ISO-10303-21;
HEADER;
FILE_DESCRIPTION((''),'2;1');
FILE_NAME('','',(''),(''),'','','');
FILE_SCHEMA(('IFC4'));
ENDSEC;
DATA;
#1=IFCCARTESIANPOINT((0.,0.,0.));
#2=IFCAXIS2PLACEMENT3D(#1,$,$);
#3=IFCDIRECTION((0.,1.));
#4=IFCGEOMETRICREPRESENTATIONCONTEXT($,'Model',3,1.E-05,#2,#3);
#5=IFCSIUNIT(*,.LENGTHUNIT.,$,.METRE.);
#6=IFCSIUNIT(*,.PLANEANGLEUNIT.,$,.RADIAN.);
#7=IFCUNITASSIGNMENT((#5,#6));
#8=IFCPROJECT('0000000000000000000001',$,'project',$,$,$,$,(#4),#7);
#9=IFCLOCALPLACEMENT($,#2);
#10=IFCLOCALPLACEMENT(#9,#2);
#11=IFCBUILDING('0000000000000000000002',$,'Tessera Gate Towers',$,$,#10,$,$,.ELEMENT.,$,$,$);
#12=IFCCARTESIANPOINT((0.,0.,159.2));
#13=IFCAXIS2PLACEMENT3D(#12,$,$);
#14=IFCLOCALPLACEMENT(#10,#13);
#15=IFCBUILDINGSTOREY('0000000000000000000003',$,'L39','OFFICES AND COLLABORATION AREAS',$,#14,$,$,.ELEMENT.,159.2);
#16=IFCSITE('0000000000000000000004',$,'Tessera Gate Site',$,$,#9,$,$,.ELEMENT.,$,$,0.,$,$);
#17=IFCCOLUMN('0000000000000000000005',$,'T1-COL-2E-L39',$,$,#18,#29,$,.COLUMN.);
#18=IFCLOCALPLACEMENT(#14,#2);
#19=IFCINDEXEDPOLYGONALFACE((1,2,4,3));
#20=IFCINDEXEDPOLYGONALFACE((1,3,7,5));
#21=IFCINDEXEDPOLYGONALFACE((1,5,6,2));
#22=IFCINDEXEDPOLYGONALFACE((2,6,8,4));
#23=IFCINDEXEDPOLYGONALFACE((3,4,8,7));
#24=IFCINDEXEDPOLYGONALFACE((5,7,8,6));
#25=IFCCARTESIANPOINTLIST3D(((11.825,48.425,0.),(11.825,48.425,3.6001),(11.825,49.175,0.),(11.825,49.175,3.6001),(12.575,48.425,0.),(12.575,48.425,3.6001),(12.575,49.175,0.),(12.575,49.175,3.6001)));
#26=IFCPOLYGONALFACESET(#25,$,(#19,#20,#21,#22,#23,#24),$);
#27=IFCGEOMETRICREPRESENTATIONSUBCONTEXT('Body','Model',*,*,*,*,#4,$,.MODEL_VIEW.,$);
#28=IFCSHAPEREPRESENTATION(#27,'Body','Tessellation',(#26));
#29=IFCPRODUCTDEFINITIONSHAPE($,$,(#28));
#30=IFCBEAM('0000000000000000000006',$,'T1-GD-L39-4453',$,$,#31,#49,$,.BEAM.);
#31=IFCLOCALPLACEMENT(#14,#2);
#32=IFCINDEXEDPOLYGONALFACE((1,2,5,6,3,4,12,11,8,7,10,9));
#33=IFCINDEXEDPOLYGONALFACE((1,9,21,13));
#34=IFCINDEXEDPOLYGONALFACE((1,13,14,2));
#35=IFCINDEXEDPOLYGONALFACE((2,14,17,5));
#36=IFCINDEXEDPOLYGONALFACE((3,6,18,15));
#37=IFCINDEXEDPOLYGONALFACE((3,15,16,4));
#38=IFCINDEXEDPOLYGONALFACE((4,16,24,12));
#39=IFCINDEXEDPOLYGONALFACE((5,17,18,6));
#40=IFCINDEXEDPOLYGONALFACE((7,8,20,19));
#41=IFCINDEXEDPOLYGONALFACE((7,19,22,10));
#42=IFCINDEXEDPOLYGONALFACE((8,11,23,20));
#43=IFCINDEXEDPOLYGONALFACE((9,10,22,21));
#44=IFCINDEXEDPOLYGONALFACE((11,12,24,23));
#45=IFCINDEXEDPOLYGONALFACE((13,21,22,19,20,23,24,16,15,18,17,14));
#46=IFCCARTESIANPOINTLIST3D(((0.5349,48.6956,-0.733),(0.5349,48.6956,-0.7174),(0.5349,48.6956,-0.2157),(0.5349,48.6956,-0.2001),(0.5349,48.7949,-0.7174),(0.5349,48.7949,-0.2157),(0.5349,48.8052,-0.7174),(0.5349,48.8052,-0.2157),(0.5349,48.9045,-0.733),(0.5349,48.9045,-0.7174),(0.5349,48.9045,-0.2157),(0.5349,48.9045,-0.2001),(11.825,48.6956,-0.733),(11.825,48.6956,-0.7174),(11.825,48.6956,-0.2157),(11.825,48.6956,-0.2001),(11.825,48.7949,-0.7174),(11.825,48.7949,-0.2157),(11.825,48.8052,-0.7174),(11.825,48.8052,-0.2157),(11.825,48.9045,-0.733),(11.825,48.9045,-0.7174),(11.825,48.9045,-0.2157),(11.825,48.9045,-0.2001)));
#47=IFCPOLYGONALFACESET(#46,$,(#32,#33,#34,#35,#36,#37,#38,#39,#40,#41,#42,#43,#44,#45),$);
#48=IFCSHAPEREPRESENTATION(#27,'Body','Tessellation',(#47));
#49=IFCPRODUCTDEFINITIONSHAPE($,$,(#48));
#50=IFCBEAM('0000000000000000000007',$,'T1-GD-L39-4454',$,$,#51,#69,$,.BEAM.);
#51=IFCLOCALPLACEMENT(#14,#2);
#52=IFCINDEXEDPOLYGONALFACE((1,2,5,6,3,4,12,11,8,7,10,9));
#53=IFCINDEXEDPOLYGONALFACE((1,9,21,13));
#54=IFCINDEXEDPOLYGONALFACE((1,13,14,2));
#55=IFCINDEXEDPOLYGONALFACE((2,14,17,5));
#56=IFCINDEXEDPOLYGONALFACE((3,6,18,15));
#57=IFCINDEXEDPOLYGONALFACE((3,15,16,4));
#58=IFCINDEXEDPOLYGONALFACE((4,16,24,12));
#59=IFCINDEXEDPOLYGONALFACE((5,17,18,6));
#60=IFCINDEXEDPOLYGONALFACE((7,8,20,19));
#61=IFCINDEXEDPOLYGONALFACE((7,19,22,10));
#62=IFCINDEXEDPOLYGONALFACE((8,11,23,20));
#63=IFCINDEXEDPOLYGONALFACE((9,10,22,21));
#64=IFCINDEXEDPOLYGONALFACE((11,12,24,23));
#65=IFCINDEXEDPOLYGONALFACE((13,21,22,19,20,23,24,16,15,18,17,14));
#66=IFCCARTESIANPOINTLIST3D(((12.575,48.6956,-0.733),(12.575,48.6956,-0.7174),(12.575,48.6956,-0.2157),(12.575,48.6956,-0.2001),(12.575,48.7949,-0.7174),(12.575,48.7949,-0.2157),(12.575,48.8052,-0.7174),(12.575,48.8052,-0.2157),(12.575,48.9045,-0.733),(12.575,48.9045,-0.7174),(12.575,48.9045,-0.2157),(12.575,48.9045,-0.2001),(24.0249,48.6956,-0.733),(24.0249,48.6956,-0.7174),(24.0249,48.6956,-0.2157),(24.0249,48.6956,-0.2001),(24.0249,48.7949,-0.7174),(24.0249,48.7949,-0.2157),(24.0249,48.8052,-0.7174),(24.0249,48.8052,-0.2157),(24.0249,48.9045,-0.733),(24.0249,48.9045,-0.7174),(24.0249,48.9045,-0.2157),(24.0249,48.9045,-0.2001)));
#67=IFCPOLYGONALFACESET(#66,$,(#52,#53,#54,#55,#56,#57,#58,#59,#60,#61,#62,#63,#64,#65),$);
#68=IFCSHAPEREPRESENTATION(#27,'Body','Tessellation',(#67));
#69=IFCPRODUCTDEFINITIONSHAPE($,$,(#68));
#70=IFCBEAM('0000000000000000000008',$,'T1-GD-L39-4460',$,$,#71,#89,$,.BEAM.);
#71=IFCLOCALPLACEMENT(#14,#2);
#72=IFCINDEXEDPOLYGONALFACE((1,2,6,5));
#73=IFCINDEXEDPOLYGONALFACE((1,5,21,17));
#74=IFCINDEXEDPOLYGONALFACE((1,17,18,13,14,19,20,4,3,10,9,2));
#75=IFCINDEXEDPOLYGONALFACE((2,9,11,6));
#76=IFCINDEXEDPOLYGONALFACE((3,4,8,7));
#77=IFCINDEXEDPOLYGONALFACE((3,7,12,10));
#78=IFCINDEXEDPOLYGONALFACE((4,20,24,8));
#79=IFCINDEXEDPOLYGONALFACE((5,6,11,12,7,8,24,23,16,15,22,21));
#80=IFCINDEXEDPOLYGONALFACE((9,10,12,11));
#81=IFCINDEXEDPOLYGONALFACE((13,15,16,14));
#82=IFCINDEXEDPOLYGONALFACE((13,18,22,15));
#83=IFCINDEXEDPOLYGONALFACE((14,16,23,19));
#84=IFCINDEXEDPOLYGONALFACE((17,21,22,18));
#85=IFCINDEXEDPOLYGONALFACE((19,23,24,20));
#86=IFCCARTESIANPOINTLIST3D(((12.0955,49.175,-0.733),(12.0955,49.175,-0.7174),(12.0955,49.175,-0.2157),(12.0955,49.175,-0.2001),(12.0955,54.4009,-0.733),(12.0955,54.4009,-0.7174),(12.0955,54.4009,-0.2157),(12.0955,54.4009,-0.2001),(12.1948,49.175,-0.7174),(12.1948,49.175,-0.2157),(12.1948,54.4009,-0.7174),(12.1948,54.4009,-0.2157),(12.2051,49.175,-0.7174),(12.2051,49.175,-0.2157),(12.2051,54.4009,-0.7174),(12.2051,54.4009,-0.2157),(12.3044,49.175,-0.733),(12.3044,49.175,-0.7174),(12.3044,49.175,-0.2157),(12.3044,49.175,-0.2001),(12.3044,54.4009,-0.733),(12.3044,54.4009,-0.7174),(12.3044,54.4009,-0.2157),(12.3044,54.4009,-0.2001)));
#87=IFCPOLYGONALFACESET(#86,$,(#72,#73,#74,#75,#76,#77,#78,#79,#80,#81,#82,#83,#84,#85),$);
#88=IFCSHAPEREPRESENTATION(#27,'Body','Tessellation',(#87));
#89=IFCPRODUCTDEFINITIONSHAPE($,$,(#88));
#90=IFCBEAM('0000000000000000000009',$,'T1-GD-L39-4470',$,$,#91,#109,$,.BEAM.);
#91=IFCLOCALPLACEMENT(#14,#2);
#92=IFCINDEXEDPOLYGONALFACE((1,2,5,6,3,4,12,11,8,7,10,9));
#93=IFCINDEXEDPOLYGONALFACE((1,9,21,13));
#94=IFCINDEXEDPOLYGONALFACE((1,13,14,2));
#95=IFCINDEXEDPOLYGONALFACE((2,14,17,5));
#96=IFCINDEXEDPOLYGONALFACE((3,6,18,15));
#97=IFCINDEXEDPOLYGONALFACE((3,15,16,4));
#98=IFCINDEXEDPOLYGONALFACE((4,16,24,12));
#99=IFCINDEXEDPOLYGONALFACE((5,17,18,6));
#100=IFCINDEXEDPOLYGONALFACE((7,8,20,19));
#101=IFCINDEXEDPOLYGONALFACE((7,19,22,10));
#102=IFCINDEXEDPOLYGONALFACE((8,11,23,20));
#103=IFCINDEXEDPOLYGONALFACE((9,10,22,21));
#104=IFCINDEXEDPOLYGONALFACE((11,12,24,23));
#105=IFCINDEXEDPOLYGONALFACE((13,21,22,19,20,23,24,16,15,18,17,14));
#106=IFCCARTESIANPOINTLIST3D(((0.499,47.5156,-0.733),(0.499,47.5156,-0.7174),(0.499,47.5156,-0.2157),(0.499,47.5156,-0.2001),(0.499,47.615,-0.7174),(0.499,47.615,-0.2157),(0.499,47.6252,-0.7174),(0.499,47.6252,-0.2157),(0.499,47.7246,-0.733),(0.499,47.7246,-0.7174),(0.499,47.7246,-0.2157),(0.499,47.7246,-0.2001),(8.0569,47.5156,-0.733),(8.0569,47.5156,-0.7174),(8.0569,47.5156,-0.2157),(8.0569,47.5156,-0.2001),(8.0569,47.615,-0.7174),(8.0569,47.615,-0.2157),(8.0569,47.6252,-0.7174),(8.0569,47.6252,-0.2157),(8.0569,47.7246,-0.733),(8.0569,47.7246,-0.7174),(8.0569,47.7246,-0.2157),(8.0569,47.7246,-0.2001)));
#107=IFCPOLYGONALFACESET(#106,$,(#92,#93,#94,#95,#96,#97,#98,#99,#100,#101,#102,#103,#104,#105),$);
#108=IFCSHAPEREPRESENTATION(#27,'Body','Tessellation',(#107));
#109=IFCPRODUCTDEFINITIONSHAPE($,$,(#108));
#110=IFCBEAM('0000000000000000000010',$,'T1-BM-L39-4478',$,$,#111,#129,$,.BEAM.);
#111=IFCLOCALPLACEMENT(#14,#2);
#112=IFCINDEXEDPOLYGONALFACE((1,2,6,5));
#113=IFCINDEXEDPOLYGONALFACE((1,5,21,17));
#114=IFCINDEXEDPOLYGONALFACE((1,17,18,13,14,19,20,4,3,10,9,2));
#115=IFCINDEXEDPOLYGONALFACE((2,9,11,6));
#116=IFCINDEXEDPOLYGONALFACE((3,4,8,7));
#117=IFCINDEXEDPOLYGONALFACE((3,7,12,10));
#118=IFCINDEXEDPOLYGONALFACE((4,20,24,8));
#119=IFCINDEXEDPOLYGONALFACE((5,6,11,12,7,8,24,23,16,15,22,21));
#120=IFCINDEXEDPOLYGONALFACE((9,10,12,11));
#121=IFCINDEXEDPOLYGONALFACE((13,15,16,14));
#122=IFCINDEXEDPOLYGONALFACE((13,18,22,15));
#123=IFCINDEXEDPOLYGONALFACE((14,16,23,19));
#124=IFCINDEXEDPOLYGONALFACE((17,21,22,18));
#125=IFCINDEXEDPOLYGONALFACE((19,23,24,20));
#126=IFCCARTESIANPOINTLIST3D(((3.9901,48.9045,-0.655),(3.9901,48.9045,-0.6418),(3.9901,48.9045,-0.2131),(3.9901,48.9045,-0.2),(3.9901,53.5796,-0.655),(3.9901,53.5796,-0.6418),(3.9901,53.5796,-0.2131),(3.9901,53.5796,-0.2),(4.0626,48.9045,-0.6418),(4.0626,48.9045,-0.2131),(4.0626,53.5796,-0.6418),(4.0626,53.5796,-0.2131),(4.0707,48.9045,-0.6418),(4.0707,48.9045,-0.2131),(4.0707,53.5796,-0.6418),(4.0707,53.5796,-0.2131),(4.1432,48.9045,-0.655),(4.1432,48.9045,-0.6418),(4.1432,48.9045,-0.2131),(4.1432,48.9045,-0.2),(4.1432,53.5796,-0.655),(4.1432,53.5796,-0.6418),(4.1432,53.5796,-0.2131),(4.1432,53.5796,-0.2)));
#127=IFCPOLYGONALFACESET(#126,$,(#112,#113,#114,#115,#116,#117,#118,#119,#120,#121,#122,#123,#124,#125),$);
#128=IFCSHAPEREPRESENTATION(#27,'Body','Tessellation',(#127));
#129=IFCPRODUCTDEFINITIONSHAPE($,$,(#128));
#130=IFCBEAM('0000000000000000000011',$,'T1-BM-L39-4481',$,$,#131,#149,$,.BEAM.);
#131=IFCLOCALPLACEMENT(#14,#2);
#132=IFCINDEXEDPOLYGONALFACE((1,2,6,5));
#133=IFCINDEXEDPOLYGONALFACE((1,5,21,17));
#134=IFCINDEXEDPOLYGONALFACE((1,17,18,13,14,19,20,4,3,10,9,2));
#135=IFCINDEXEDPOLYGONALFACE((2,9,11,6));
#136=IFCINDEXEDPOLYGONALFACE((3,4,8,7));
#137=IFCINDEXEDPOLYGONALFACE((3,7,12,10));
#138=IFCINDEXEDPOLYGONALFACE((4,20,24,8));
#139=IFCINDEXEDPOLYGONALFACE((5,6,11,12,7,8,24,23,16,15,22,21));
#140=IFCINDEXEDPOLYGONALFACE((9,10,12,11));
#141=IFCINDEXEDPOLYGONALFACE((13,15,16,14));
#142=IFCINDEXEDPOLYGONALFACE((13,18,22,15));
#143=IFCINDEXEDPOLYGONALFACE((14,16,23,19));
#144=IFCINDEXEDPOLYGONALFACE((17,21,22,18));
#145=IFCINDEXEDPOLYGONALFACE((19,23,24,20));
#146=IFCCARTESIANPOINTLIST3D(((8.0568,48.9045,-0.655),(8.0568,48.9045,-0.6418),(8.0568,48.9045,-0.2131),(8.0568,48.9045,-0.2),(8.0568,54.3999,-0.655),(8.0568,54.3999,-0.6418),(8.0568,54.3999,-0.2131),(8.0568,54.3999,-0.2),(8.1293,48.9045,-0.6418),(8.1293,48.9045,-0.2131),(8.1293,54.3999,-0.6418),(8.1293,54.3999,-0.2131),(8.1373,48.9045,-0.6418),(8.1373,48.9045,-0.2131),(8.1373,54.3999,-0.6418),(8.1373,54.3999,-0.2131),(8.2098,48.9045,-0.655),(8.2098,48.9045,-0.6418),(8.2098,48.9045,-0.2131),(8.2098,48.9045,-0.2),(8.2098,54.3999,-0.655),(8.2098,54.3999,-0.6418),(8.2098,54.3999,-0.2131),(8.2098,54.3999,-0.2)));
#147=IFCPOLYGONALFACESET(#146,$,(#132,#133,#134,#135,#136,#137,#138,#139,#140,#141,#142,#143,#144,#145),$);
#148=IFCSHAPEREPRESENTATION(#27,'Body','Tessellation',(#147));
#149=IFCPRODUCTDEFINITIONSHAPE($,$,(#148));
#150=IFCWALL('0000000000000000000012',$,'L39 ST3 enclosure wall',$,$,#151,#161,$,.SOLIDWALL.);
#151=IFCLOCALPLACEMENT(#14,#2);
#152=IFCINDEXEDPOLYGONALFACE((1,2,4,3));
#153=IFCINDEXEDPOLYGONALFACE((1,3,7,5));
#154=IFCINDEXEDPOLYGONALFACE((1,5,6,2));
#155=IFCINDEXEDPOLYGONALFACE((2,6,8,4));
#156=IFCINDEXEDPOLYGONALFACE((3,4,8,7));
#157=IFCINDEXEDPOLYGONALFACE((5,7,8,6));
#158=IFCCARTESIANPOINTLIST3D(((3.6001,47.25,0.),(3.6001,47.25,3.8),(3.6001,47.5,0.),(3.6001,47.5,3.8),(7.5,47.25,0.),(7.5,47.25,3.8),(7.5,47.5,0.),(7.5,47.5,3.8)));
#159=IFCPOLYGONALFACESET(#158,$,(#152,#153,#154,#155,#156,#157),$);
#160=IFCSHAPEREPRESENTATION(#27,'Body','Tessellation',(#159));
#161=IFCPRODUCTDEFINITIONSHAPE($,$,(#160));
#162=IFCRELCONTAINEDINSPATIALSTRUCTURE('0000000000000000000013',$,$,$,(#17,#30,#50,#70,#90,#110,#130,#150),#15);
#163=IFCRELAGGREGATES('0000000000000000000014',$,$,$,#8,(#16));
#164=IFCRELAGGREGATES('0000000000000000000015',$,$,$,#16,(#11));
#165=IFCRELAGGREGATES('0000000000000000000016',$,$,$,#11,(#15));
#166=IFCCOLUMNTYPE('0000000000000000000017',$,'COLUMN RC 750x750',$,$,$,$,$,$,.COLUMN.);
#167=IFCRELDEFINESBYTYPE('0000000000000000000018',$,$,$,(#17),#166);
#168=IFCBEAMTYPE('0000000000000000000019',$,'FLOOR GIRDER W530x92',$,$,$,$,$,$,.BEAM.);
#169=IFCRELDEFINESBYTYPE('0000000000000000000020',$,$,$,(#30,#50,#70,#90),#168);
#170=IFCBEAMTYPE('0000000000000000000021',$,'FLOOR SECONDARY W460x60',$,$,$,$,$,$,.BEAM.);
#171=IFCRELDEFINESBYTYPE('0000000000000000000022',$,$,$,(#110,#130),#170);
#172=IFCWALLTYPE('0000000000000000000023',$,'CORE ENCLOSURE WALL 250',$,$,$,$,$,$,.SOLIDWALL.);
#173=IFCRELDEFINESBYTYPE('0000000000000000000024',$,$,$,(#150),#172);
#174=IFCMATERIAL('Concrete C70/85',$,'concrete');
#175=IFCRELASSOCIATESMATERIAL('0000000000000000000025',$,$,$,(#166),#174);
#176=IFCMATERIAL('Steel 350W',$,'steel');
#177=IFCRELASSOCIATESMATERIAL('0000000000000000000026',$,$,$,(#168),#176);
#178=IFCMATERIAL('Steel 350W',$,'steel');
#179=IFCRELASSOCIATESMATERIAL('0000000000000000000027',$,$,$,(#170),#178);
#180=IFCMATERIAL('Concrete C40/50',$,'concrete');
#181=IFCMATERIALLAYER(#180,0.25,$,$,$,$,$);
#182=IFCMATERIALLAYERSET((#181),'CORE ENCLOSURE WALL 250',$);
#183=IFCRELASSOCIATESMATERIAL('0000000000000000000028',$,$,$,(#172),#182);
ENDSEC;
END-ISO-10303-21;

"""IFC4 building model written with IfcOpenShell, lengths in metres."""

from ifc_helpers import new_model, si_unit, direction, frame, frame_2d, origin, origin_2d, place, context, subcontext, project, spatial, rectangle, i_section, extrude, material, layer, layer_set, material_profile, profile_set, type_object, element, save


model = new_model("IFC4")

# Units and contexts
model_context = context("Model", 3, precision=1e-05, world=origin(), true_north=direction((0.0, 1.0)))
body_context = subcontext(model_context, "Body", "Model", "MODEL_VIEW")
ifc_project = project(units=[si_unit("LENGTHUNIT", "METRE"), si_unit("PLANEANGLEUNIT", "RADIAN")], contexts=[model_context])

# Site, building, storey
site_placement = place(None, origin())
site = spatial("IfcSite", under=ifc_project, at=site_placement, Name="Tessera Gate Site", CompositionType="ELEMENT", RefElevation=0.0)
building_placement = place(site_placement, origin())
building = spatial("IfcBuilding", under=site, at=building_placement, Name="Tessera Gate Towers", CompositionType="ELEMENT")
storey_placement = place(building_placement, frame((0.0, 0.0, 159.2)))
storey = spatial("IfcBuildingStorey", under=building, at=storey_placement, Name="L39", Description="OFFICES AND COLLABORATION AREAS", CompositionType="ELEMENT", Elevation=159.2)

# Column
ifc_material_1 = material(Name="Concrete C70/85", Category="concrete")
ifc_material_profile_1 = material_profile(ifc_material_1, rectangle(XDim=0.75, YDim=0.75, at=origin_2d()), Name="RC 750x750")
ifc_profile_set_1 = profile_set([ifc_material_profile_1], Name="Concrete C70/85")
column_type = type_object("IfcColumnType", Name="COLUMN RC 750x750", PredefinedType="COLUMN", material=ifc_profile_set_1)
column_placement = place(storey_placement, frame((12.2, 48.8, 0.0), z_axis=(0.0, 0.0, 1.0), x_axis=(1.0, 0.0, 0.0)))
element("IfcColumn", 1, at=column_placement, inside=storey, type_object=column_type, Name="T1-COL-2E-L39", PredefinedType="COLUMN", context=body_context, shape_type="SweptSolid", body=[
    extrude(rectangle(XDim=0.75, YDim=0.75, at=origin_2d()), origin(), (0.0, 0.0, 1.0), 3.6001),
])

# Beams
ifc_material_2 = material(Name="Steel 350W", Category="steel")
ifc_material_profile_2 = material_profile(ifc_material_2, i_section(OverallWidth=0.209, OverallDepth=0.533, WebThickness=0.0103, FlangeThickness=0.0156, at=origin_2d()), Name="W530x92")
ifc_profile_set_2 = profile_set([ifc_material_profile_2], Name="Steel 350W")
beam_type_1 = type_object("IfcBeamType", Name="FLOOR GIRDER W530x92", PredefinedType="BEAM", material=ifc_profile_set_2)
beam_1_placement = place(storey_placement, frame((0.5349, 48.8, -0.4666), z_axis=(1.0, 0.0, 0.0), x_axis=(0.0, 1.0, 0.0)))
element("IfcBeam", 2, at=beam_1_placement, inside=storey, type_object=beam_type_1, Name="T1-GD-L39-4453", PredefinedType="BEAM", context=body_context, shape_type="SweptSolid", body=[
    extrude(i_section(OverallWidth=0.209, OverallDepth=0.533, WebThickness=0.0103, FlangeThickness=0.0156, at=origin_2d()), origin(), (0.0, 0.0, 1.0), 11.29),
])
beam_2_placement = place(storey_placement, frame((12.575, 48.8, -0.4666), z_axis=(1.0, 0.0, 0.0), x_axis=(0.0, 1.0, 0.0)))
element("IfcBeam", 3, at=beam_2_placement, inside=storey, type_object=beam_type_1, Name="T1-GD-L39-4454", PredefinedType="BEAM", context=body_context, shape_type="SweptSolid", body=[
    extrude(i_section(OverallWidth=0.209, OverallDepth=0.533, WebThickness=0.0103, FlangeThickness=0.0156, at=origin_2d()), origin(), (0.0, 0.0, 1.0), 11.45),
])
beam_3_placement = place(storey_placement, frame((12.2, 49.175, -0.4666), z_axis=(0.0, 1.0, 0.0), x_axis=(-1.0, 0.0, 0.0)))
element("IfcBeam", 4, at=beam_3_placement, inside=storey, type_object=beam_type_1, Name="T1-GD-L39-4460", PredefinedType="BEAM", context=body_context, shape_type="SweptSolid", body=[
    extrude(i_section(OverallWidth=0.209, OverallDepth=0.533, WebThickness=0.0103, FlangeThickness=0.0156, at=origin_2d()), origin(), (0.0, 0.0, 1.0), 5.2258),
])
beam_4_placement = place(storey_placement, frame((0.499, 47.6201, -0.4666), z_axis=(1.0, 0.0, 0.0), x_axis=(0.0, 1.0, 0.0)))
element("IfcBeam", 5, at=beam_4_placement, inside=storey, type_object=beam_type_1, Name="T1-GD-L39-4470", PredefinedType="BEAM", context=body_context, shape_type="SweptSolid", body=[
    extrude(i_section(OverallWidth=0.209, OverallDepth=0.533, WebThickness=0.0103, FlangeThickness=0.0156, at=origin_2d()), origin(), (0.0, 0.0, 1.0), 7.5579),
])
ifc_material_3 = material(Name="Steel 350W", Category="steel")
ifc_material_profile_3 = material_profile(ifc_material_3, i_section(OverallWidth=0.1531, OverallDepth=0.4551, WebThickness=0.0081, FlangeThickness=0.0132, at=origin_2d()), Name="W460x60")
ifc_profile_set_3 = profile_set([ifc_material_profile_3], Name="Steel 350W")
beam_type_2 = type_object("IfcBeamType", Name="FLOOR SECONDARY W460x60", PredefinedType="BEAM", material=ifc_profile_set_3)
beam_5_placement = place(storey_placement, frame((4.0667, 48.9045, -0.4275), z_axis=(0.0, 1.0, 0.0), x_axis=(-1.0, 0.0, 0.0)))
element("IfcBeam", 6, at=beam_5_placement, inside=storey, type_object=beam_type_2, Name="T1-BM-L39-4478", PredefinedType="BEAM", context=body_context, shape_type="SweptSolid", body=[
    extrude(i_section(OverallWidth=0.1531, OverallDepth=0.4551, WebThickness=0.0081, FlangeThickness=0.0132, at=origin_2d()), origin(), (0.0, 0.0, 1.0), 4.675),
])
beam_6_placement = place(storey_placement, frame((8.1333, 48.9045, -0.4275), z_axis=(0.0, 1.0, 0.0), x_axis=(-1.0, 0.0, 0.0)))
element("IfcBeam", 7, at=beam_6_placement, inside=storey, type_object=beam_type_2, Name="T1-BM-L39-4481", PredefinedType="BEAM", context=body_context, shape_type="SweptSolid", body=[
    extrude(i_section(OverallWidth=0.1531, OverallDepth=0.4551, WebThickness=0.0081, FlangeThickness=0.0132, at=origin_2d()), origin(), (0.0, 0.0, 1.0), 5.4954),
])

# Wall
ifc_material_4 = material(Name="Concrete C40/50", Category="concrete")
ifc_layer_1 = layer(ifc_material_4, 0.25)
ifc_layer_set_1 = layer_set([ifc_layer_1], Name="CORE ENCLOSURE WALL 250")
wall_type_1 = type_object("IfcWallType", Name="CORE ENCLOSURE WALL 250", PredefinedType="SOLIDWALL", material=ifc_layer_set_1)
wall_1_placement = place(storey_placement, frame((3.6001, 47.375, 0.0), z_axis=(0.0, 0.0, 1.0), x_axis=(1.0, 0.0, 0.0)))
element("IfcWall", 8, at=wall_1_placement, inside=storey, type_object=wall_type_1, Name="L39 ST3 enclosure wall", PredefinedType="SOLIDWALL", context=body_context, shape_type="SweptSolid", body=[
    extrude(rectangle(XDim=3.8999, YDim=0.25, at=frame_2d((1.95, 0.0))), origin(), (0.0, 0.0, 1.0), 3.8),
])

save(model, "model.ifc")
